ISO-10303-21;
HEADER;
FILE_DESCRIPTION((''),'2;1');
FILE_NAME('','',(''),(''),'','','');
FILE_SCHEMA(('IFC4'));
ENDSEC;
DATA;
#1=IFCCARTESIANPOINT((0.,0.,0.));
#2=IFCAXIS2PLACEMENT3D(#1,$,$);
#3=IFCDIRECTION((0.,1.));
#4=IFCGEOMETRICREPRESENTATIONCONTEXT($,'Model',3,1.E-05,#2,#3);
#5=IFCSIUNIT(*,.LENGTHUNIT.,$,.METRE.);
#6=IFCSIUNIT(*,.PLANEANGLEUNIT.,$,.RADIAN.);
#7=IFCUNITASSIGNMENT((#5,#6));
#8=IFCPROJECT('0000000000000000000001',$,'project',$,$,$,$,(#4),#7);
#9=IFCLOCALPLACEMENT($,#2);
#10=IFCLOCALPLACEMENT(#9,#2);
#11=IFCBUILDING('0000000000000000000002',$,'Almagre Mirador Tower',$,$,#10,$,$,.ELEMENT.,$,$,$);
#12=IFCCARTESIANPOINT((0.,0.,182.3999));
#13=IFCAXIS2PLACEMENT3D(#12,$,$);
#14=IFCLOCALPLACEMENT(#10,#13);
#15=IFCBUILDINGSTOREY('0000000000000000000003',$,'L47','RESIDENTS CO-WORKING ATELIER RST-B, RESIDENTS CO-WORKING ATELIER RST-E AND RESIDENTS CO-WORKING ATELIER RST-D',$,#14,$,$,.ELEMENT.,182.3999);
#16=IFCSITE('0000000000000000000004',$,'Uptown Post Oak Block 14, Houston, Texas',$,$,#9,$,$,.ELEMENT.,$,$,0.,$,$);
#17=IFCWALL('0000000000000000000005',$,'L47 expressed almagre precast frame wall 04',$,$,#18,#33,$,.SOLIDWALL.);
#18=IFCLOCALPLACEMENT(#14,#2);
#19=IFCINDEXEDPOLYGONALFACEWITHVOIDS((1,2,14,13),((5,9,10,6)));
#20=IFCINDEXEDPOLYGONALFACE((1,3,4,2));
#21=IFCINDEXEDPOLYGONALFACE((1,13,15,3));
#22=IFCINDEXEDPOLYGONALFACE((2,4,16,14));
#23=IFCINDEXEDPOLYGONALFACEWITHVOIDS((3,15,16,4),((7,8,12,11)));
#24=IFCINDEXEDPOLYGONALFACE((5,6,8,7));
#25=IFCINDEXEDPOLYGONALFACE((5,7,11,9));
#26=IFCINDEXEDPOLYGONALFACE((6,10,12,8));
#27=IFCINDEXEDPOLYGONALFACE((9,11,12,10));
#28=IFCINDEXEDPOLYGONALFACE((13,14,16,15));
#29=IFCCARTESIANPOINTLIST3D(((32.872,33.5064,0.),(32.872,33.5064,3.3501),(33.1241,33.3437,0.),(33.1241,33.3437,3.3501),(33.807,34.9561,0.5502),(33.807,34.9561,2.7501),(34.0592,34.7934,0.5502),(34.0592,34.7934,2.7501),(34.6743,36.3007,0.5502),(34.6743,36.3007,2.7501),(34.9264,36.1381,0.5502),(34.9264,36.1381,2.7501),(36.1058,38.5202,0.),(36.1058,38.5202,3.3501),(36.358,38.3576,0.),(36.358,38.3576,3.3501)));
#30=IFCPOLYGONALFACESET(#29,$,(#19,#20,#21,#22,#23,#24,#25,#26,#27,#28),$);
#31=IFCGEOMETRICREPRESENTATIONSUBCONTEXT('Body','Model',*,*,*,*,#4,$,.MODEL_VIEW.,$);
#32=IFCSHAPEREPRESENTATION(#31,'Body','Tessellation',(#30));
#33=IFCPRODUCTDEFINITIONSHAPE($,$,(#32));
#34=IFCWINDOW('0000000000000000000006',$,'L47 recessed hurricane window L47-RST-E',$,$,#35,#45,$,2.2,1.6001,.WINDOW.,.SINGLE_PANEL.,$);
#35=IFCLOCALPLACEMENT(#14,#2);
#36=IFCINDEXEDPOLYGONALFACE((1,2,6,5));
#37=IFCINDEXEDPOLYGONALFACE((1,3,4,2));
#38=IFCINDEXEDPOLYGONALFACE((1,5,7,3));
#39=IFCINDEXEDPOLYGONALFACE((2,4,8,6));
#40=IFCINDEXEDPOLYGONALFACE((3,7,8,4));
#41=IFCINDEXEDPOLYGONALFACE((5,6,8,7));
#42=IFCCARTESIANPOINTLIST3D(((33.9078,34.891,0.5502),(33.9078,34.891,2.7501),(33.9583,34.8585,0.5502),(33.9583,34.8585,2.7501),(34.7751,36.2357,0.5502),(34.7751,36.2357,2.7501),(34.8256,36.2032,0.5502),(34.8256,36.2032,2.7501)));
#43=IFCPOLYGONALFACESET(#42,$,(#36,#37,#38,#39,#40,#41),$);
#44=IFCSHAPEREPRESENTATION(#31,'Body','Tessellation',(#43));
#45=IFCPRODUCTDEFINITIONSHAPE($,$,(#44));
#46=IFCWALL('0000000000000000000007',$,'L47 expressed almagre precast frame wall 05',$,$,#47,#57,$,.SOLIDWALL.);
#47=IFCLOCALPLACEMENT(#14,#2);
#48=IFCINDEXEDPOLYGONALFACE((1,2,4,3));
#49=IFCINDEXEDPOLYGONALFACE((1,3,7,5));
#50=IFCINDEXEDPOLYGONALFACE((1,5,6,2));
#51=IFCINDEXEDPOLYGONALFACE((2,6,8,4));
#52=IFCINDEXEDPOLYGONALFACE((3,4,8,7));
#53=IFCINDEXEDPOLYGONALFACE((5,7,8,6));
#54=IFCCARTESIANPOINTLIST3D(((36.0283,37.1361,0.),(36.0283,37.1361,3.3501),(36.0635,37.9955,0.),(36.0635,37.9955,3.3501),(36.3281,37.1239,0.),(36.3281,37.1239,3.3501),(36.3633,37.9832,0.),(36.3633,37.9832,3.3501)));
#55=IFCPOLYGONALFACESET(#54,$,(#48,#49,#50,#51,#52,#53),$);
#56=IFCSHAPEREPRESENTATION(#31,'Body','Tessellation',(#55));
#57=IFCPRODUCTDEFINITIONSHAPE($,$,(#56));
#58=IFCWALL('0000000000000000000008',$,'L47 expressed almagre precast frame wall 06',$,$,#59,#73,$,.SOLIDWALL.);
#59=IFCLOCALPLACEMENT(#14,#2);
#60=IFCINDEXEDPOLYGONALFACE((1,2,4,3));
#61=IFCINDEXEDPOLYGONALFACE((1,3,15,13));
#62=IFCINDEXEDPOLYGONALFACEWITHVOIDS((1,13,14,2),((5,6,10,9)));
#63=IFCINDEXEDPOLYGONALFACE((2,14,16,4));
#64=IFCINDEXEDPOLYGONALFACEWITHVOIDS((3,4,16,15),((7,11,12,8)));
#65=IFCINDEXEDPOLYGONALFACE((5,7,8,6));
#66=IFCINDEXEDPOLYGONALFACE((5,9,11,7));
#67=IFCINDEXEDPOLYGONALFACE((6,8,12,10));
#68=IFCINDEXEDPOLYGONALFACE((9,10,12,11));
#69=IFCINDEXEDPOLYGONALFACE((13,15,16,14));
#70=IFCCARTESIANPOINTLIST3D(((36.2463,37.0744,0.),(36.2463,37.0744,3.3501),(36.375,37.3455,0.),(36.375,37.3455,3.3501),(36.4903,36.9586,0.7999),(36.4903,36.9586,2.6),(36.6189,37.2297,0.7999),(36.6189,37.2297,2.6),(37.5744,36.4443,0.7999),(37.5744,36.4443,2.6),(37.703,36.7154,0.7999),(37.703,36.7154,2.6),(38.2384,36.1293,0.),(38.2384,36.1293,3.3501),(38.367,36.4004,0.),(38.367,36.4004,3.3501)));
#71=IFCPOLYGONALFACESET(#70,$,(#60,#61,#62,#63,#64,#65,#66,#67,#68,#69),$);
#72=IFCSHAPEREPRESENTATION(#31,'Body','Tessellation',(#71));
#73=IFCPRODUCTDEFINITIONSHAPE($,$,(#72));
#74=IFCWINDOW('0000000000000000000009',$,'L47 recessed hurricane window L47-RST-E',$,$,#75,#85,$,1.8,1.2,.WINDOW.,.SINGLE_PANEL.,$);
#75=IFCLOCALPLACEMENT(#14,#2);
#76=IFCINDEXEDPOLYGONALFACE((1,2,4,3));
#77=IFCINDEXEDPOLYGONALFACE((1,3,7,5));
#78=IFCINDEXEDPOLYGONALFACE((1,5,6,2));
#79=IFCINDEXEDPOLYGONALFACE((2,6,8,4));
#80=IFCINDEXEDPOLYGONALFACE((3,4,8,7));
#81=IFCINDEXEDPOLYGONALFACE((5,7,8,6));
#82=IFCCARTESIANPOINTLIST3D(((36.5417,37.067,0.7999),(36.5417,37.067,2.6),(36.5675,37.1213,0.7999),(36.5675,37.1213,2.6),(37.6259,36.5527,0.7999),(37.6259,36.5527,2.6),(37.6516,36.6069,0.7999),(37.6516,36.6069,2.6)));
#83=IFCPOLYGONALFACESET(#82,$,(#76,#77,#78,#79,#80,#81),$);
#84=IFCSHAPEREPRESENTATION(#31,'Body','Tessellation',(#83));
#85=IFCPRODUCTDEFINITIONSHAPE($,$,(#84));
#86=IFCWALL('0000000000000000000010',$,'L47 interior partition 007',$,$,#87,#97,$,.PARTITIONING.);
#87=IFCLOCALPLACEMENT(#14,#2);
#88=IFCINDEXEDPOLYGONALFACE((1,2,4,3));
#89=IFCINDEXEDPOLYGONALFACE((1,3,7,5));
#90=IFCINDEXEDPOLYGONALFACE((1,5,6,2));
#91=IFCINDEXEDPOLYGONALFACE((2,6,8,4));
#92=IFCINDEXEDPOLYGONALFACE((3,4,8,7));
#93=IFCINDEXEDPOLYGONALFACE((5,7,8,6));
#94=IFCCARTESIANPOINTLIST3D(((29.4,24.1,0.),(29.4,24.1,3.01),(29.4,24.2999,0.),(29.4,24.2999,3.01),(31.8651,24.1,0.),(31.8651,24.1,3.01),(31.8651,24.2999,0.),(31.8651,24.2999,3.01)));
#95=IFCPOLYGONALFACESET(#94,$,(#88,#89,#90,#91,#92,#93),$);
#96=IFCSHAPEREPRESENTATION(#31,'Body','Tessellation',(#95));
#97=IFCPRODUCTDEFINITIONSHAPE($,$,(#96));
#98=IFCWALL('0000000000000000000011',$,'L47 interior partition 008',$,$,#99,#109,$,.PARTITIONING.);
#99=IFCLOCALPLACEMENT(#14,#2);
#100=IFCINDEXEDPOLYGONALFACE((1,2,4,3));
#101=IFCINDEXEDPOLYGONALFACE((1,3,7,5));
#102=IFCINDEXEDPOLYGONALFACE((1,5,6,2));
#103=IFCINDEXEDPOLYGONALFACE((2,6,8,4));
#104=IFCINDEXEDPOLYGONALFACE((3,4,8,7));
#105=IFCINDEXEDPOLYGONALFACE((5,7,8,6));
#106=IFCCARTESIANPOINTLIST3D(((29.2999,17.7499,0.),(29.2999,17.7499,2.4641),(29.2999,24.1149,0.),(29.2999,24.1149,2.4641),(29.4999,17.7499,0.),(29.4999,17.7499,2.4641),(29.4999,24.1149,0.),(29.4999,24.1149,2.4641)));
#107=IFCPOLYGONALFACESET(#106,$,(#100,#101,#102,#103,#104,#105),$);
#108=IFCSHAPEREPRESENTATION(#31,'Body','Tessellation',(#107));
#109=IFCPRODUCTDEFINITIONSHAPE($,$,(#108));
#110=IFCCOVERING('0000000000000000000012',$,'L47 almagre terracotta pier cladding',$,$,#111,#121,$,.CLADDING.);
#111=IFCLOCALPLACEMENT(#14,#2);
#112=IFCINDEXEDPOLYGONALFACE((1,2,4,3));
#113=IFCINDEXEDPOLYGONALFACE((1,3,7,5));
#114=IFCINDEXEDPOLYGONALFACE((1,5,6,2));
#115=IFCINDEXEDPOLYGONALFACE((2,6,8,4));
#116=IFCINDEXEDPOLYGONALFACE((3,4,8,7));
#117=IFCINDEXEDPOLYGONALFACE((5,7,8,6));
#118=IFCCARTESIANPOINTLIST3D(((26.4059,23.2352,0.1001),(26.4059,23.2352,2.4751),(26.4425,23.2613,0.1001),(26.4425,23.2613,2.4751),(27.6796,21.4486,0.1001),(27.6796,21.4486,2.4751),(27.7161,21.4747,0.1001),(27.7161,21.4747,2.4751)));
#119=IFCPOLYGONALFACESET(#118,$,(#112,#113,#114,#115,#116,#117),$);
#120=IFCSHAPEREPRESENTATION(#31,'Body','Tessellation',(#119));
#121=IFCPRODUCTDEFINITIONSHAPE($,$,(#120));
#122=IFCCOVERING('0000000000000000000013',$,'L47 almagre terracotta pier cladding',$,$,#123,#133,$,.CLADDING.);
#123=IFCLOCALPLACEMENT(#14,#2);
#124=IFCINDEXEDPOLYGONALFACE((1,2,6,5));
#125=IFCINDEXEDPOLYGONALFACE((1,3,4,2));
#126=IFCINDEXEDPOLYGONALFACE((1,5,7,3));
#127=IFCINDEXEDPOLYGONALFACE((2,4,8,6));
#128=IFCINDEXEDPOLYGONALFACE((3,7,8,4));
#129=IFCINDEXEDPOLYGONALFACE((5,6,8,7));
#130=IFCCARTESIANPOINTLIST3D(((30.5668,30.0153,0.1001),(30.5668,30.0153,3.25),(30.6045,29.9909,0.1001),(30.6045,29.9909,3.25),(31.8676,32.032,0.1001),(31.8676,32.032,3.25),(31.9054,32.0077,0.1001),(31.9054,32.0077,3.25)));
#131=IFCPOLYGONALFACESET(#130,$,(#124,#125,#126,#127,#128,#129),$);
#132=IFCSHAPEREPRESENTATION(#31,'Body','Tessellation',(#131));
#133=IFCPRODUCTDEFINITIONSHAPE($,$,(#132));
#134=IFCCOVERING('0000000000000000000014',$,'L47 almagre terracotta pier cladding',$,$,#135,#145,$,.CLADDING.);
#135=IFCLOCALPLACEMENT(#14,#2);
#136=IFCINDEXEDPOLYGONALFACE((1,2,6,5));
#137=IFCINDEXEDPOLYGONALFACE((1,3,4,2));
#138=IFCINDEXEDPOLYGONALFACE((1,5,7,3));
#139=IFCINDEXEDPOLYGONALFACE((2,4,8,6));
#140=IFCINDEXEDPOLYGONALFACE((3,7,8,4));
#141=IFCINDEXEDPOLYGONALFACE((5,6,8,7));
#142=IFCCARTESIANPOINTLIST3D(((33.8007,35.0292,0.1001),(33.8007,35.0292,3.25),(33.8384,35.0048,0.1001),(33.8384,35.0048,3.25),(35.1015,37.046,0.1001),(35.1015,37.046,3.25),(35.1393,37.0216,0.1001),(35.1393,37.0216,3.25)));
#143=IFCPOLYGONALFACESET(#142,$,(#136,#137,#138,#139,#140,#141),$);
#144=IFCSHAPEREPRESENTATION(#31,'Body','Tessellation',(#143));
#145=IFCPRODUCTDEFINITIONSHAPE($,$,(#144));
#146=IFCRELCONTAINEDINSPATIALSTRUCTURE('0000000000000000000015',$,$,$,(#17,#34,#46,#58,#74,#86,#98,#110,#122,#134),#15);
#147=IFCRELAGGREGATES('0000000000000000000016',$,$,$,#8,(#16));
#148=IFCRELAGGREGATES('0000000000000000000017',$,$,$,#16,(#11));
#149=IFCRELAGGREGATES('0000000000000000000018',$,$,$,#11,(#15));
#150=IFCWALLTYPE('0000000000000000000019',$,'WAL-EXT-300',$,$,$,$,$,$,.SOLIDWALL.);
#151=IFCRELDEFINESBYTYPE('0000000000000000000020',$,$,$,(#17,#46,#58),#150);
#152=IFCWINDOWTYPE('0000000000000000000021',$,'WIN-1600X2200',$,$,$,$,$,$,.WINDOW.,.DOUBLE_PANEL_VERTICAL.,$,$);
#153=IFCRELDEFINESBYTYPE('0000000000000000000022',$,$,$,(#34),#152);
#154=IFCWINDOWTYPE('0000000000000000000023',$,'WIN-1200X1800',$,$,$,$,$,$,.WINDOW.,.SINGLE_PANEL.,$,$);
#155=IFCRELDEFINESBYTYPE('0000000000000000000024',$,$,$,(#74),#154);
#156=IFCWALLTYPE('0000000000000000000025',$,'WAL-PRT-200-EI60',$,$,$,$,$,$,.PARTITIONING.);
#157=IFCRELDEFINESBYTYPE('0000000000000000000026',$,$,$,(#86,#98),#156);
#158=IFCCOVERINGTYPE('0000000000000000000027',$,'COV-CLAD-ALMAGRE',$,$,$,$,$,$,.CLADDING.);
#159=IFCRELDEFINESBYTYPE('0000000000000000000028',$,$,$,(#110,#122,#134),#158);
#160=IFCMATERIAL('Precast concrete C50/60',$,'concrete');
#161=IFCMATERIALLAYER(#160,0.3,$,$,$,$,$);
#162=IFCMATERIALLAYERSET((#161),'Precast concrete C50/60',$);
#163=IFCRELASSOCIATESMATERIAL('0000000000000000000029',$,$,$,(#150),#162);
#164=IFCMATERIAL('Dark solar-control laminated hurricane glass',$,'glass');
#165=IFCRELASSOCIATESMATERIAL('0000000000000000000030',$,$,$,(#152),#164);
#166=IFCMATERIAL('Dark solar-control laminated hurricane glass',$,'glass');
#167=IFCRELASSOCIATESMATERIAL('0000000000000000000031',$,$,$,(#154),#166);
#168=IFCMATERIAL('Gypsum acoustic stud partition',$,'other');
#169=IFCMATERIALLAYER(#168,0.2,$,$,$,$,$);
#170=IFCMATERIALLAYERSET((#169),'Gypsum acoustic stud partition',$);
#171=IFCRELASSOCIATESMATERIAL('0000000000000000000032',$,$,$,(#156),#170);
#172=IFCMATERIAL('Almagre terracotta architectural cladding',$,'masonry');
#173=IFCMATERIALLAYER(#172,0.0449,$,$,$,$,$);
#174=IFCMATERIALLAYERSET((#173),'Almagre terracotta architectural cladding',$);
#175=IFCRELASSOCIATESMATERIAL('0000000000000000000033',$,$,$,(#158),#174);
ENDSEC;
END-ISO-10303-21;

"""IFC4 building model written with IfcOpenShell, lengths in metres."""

from ifc_helpers import new_model, si_unit, direction, frame, frame_2d, origin, origin_2d, place, context, subcontext, project, spatial, rectangle, extrude, material, layer, layer_set, type_object, element, fill, save


model = new_model("IFC4")

# Units and contexts
model_context = context("Model", 3, precision=1e-05, world=origin(), true_north=direction((0.0, 1.0)))
body_context = subcontext(model_context, "Body", "Model", "MODEL_VIEW")
ifc_project = project(units=[si_unit("LENGTHUNIT", "METRE"), si_unit("PLANEANGLEUNIT", "RADIAN")], contexts=[model_context])

# Site, building, storey
site_placement = place(None, origin())
site = spatial("IfcSite", under=ifc_project, at=site_placement, Name="Uptown Post Oak Block 14, Houston, Texas", CompositionType="ELEMENT", RefElevation=0.0)
building_placement = place(site_placement, origin())
building = spatial("IfcBuilding", under=site, at=building_placement, Name="Almagre Mirador Tower", CompositionType="ELEMENT")
storey_placement = place(building_placement, frame((0.0, 0.0, 182.3999)))
storey = spatial("IfcBuildingStorey", under=building, at=storey_placement, Name="L47", Description="RESIDENTS CO-WORKING ATELIER RST-B, RESIDENTS CO-WORKING ATELIER RST-E AND RESIDENTS CO-WORKING ATELIER RST-D", CompositionType="ELEMENT", Elevation=182.3999)

# Shared definitions
ifc_material_1 = material(Name="Precast concrete C50/60", Category="concrete")
ifc_layer_1 = layer(ifc_material_1, 0.3)
ifc_layer_set_1 = layer_set([ifc_layer_1], Name="Precast concrete C50/60")
wall_type_1 = type_object("IfcWallType", Name="WAL-EXT-300", PredefinedType="SOLIDWALL", material=ifc_layer_set_1)

# Wall, opening, window
wall_1_placement = place(storey_placement, frame((32.998, 33.425, 0.0), z_axis=(0.0, 0.0, 1.0), x_axis=(0.542021, 0.840365, 0.0)))
wall_1 = element("IfcWall", 1, at=wall_1_placement, inside=storey, type_object=wall_type_1, Name="L47 expressed almagre precast frame wall 04", PredefinedType="SOLIDWALL", context=body_context, shape_type="SweptSolid", body=[
    extrude(rectangle(XDim=5.9663, YDim=0.3, at=frame_2d((2.9832, 0.0))), origin(), (0.0, 0.0, 1.0), 3.3501),
])
opening_1_placement = place(wall_1_placement, frame((1.7251, 0.0, 0.55)))
opening_1 = element("IfcOpeningElement", 2, at=opening_1_placement, cuts=wall_1, PredefinedType="OPENING", context=body_context, shape_type="SweptSolid", body=[
    extrude(rectangle(XDim=1.6001, YDim=2.2, at=frame_2d((0.8, 1.1001))), frame((0.0, 0.1599, 0.0), z_axis=(0.0, -1.0, 0.0), x_axis=(1.0, 0.0, 0.0)), (0.0, 0.0, 1.0), 0.32),
])
ifc_material_2 = material(Name="Dark solar-control laminated hurricane glass", Category="glass")
window_type_1 = type_object("IfcWindowType", Name="WIN-1600X2200", PartitioningType="DOUBLE_PANEL_VERTICAL", PredefinedType="WINDOW", material=ifc_material_2)
window_1_placement = place(opening_1_placement, origin())
window_1 = element("IfcWindow", 3, at=window_1_placement, inside=storey, type_object=window_type_1, Name="L47 recessed hurricane window L47-RST-E", OverallHeight=2.2, OverallWidth=1.6001, PartitioningType="SINGLE_PANEL", PredefinedType="WINDOW", context=body_context, shape_type="SweptSolid", body=[
    extrude(rectangle(XDim=1.6001, YDim=2.2, at=frame_2d((0.8, 1.1001))), frame((0.0, 0.03, 0.0), z_axis=(0.0, -1.0, 0.0), x_axis=(1.0, 0.0, 0.0)), (0.0, 0.0, 1.0), 0.0601),
])
fill(opening_1, window_1)

# Wall
wall_2_placement = place(storey_placement, frame((36.2134, 37.9895, 0.0), z_axis=(0.0, 0.0, 1.0), x_axis=(-0.040875, -0.999164, 0.0)))
element("IfcWall", 4, at=wall_2_placement, inside=storey, type_object=wall_type_1, Name="L47 expressed almagre precast frame wall 05", PredefinedType="SOLIDWALL", context=body_context, shape_type="SweptSolid", body=[
    extrude(rectangle(XDim=0.8601, YDim=0.3, at=frame_2d((0.4302, 0.0))), origin(), (0.0, 0.0, 1.0), 3.3501),
])

# Wall, opening, window
wall_3_placement = place(storey_placement, frame((36.3105, 37.21, 0.0), z_axis=(0.0, 0.0, 1.0), x_axis=(0.903472, -0.428648, 0.0)))
wall_3 = element("IfcWall", 5, at=wall_3_placement, inside=storey, type_object=wall_type_1, Name="L47 expressed almagre precast frame wall 06", PredefinedType="SOLIDWALL", context=body_context, shape_type="SweptSolid", body=[
    extrude(rectangle(XDim=2.2048, YDim=0.3, at=frame_2d((1.1025, 0.0))), origin(), (0.0, 0.0, 1.0), 3.3501),
])
opening_2_placement = place(wall_3_placement, frame((0.27, 0.0, 0.8)))
opening_2 = element("IfcOpeningElement", 6, at=opening_2_placement, cuts=wall_3, PredefinedType="OPENING", context=body_context, shape_type="SweptSolid", body=[
    extrude(rectangle(XDim=1.2, YDim=1.8, at=frame_2d((0.6001, 0.8999))), frame((0.0, 0.1599, 0.0), z_axis=(0.0, -1.0, 0.0), x_axis=(1.0, 0.0, 0.0)), (0.0, 0.0, 1.0), 0.32),
])
ifc_material_3 = material(Name="Dark solar-control laminated hurricane glass", Category="glass")
window_type_2 = type_object("IfcWindowType", Name="WIN-1200X1800", PartitioningType="SINGLE_PANEL", PredefinedType="WINDOW", material=ifc_material_3)
window_2_placement = place(opening_2_placement, origin())
window_2 = element("IfcWindow", 7, at=window_2_placement, inside=storey, type_object=window_type_2, Name="L47 recessed hurricane window L47-RST-E", OverallHeight=1.8, OverallWidth=1.2, PartitioningType="SINGLE_PANEL", PredefinedType="WINDOW", context=body_context, shape_type="SweptSolid", body=[
    extrude(rectangle(XDim=1.2, YDim=1.8, at=frame_2d((0.6001, 0.8999))), frame((0.0, 0.03, 0.0), z_axis=(0.0, -1.0, 0.0), x_axis=(1.0, 0.0, 0.0)), (0.0, 0.0, 1.0), 0.0601),
])
fill(opening_2, window_2)

# Walls
ifc_material_4 = material(Name="Gypsum acoustic stud partition", Category="other")
ifc_layer_2 = layer(ifc_material_4, 0.2)
ifc_layer_set_2 = layer_set([ifc_layer_2], Name="Gypsum acoustic stud partition")
wall_type_2 = type_object("IfcWallType", Name="WAL-PRT-200-EI60", PredefinedType="PARTITIONING", material=ifc_layer_set_2)
wall_4_placement = place(storey_placement, frame((31.865, 24.2, 0.0), z_axis=(0.0, 0.0, 1.0), x_axis=(-1.0, 0.0, 0.0)))
element("IfcWall", 8, at=wall_4_placement, inside=storey, type_object=wall_type_2, Name="L47 interior partition 007", PredefinedType="PARTITIONING", context=body_context, shape_type="SweptSolid", body=[
    extrude(rectangle(XDim=2.4651, YDim=0.2, at=frame_2d((1.2324, 0.0))), origin(), (0.0, 0.0, 1.0), 3.01),
])
wall_5_placement = place(storey_placement, frame((29.3999, 24.115, 0.0), z_axis=(0.0, 0.0, 1.0), x_axis=(0.0, -1.0, 0.0)))
element("IfcWall", 9, at=wall_5_placement, inside=storey, type_object=wall_type_2, Name="L47 interior partition 008", PredefinedType="PARTITIONING", context=body_context, shape_type="SweptSolid", body=[
    extrude(rectangle(XDim=6.365, YDim=0.2, at=frame_2d((3.1826, 0.0))), origin(), (0.0, 0.0, 1.0), 2.4641),
])

# Coverings
ifc_material_5 = material(Name="Almagre terracotta architectural cladding", Category="masonry")
ifc_layer_3 = layer(ifc_material_5, 0.0449)
ifc_layer_set_3 = layer_set([ifc_layer_3], Name="Almagre terracotta architectural cladding")
covering_type = type_object("IfcCoveringType", Name="COV-CLAD-ALMAGRE", PredefinedType="CLADDING", material=ifc_layer_set_3)
covering_placement = place(storey_placement, frame((27.061, 22.355, 0.1001), z_axis=(0.0, 0.0, 1.0), x_axis=(-0.580476, 0.814278, 0.0)))
element("IfcCovering", 10, at=covering_placement, inside=storey, type_object=covering_type, Name="L47 almagre terracotta pier cladding", PredefinedType="CLADDING", context=body_context, shape_type="SweptSolid", body=[
    extrude(rectangle(XDim=2.1941, YDim=0.0449, at=origin_2d()), origin(), (0.0, 0.0, 1.0), 2.375),
])
for number, where, z_axis, x_axis, name in (
    (11, (31.2361, 31.0115, 0.1001), (0.0, 0.0, 1.0), (0.542031, 0.840359, 0.0), "L47 almagre terracotta pier cladding"),
    (12, (34.47, 36.0254, 0.1001), (0.0, 0.0, 1.0), (0.542031, 0.840359, 0.0), "L47 almagre terracotta pier cladding"),
):
    element("IfcCovering", number, at=place(storey_placement, frame(where, z_axis=z_axis, x_axis=x_axis)), inside=storey, type_object=covering_type, Name=name, PredefinedType="CLADDING", context=body_context, shape_type="SweptSolid", body=[
        extrude(rectangle(XDim=2.3999, YDim=0.0449, at=origin_2d()), origin(), (0.0, 0.0, 1.0), 3.1499),
    ])

save(model, "model.ifc")
